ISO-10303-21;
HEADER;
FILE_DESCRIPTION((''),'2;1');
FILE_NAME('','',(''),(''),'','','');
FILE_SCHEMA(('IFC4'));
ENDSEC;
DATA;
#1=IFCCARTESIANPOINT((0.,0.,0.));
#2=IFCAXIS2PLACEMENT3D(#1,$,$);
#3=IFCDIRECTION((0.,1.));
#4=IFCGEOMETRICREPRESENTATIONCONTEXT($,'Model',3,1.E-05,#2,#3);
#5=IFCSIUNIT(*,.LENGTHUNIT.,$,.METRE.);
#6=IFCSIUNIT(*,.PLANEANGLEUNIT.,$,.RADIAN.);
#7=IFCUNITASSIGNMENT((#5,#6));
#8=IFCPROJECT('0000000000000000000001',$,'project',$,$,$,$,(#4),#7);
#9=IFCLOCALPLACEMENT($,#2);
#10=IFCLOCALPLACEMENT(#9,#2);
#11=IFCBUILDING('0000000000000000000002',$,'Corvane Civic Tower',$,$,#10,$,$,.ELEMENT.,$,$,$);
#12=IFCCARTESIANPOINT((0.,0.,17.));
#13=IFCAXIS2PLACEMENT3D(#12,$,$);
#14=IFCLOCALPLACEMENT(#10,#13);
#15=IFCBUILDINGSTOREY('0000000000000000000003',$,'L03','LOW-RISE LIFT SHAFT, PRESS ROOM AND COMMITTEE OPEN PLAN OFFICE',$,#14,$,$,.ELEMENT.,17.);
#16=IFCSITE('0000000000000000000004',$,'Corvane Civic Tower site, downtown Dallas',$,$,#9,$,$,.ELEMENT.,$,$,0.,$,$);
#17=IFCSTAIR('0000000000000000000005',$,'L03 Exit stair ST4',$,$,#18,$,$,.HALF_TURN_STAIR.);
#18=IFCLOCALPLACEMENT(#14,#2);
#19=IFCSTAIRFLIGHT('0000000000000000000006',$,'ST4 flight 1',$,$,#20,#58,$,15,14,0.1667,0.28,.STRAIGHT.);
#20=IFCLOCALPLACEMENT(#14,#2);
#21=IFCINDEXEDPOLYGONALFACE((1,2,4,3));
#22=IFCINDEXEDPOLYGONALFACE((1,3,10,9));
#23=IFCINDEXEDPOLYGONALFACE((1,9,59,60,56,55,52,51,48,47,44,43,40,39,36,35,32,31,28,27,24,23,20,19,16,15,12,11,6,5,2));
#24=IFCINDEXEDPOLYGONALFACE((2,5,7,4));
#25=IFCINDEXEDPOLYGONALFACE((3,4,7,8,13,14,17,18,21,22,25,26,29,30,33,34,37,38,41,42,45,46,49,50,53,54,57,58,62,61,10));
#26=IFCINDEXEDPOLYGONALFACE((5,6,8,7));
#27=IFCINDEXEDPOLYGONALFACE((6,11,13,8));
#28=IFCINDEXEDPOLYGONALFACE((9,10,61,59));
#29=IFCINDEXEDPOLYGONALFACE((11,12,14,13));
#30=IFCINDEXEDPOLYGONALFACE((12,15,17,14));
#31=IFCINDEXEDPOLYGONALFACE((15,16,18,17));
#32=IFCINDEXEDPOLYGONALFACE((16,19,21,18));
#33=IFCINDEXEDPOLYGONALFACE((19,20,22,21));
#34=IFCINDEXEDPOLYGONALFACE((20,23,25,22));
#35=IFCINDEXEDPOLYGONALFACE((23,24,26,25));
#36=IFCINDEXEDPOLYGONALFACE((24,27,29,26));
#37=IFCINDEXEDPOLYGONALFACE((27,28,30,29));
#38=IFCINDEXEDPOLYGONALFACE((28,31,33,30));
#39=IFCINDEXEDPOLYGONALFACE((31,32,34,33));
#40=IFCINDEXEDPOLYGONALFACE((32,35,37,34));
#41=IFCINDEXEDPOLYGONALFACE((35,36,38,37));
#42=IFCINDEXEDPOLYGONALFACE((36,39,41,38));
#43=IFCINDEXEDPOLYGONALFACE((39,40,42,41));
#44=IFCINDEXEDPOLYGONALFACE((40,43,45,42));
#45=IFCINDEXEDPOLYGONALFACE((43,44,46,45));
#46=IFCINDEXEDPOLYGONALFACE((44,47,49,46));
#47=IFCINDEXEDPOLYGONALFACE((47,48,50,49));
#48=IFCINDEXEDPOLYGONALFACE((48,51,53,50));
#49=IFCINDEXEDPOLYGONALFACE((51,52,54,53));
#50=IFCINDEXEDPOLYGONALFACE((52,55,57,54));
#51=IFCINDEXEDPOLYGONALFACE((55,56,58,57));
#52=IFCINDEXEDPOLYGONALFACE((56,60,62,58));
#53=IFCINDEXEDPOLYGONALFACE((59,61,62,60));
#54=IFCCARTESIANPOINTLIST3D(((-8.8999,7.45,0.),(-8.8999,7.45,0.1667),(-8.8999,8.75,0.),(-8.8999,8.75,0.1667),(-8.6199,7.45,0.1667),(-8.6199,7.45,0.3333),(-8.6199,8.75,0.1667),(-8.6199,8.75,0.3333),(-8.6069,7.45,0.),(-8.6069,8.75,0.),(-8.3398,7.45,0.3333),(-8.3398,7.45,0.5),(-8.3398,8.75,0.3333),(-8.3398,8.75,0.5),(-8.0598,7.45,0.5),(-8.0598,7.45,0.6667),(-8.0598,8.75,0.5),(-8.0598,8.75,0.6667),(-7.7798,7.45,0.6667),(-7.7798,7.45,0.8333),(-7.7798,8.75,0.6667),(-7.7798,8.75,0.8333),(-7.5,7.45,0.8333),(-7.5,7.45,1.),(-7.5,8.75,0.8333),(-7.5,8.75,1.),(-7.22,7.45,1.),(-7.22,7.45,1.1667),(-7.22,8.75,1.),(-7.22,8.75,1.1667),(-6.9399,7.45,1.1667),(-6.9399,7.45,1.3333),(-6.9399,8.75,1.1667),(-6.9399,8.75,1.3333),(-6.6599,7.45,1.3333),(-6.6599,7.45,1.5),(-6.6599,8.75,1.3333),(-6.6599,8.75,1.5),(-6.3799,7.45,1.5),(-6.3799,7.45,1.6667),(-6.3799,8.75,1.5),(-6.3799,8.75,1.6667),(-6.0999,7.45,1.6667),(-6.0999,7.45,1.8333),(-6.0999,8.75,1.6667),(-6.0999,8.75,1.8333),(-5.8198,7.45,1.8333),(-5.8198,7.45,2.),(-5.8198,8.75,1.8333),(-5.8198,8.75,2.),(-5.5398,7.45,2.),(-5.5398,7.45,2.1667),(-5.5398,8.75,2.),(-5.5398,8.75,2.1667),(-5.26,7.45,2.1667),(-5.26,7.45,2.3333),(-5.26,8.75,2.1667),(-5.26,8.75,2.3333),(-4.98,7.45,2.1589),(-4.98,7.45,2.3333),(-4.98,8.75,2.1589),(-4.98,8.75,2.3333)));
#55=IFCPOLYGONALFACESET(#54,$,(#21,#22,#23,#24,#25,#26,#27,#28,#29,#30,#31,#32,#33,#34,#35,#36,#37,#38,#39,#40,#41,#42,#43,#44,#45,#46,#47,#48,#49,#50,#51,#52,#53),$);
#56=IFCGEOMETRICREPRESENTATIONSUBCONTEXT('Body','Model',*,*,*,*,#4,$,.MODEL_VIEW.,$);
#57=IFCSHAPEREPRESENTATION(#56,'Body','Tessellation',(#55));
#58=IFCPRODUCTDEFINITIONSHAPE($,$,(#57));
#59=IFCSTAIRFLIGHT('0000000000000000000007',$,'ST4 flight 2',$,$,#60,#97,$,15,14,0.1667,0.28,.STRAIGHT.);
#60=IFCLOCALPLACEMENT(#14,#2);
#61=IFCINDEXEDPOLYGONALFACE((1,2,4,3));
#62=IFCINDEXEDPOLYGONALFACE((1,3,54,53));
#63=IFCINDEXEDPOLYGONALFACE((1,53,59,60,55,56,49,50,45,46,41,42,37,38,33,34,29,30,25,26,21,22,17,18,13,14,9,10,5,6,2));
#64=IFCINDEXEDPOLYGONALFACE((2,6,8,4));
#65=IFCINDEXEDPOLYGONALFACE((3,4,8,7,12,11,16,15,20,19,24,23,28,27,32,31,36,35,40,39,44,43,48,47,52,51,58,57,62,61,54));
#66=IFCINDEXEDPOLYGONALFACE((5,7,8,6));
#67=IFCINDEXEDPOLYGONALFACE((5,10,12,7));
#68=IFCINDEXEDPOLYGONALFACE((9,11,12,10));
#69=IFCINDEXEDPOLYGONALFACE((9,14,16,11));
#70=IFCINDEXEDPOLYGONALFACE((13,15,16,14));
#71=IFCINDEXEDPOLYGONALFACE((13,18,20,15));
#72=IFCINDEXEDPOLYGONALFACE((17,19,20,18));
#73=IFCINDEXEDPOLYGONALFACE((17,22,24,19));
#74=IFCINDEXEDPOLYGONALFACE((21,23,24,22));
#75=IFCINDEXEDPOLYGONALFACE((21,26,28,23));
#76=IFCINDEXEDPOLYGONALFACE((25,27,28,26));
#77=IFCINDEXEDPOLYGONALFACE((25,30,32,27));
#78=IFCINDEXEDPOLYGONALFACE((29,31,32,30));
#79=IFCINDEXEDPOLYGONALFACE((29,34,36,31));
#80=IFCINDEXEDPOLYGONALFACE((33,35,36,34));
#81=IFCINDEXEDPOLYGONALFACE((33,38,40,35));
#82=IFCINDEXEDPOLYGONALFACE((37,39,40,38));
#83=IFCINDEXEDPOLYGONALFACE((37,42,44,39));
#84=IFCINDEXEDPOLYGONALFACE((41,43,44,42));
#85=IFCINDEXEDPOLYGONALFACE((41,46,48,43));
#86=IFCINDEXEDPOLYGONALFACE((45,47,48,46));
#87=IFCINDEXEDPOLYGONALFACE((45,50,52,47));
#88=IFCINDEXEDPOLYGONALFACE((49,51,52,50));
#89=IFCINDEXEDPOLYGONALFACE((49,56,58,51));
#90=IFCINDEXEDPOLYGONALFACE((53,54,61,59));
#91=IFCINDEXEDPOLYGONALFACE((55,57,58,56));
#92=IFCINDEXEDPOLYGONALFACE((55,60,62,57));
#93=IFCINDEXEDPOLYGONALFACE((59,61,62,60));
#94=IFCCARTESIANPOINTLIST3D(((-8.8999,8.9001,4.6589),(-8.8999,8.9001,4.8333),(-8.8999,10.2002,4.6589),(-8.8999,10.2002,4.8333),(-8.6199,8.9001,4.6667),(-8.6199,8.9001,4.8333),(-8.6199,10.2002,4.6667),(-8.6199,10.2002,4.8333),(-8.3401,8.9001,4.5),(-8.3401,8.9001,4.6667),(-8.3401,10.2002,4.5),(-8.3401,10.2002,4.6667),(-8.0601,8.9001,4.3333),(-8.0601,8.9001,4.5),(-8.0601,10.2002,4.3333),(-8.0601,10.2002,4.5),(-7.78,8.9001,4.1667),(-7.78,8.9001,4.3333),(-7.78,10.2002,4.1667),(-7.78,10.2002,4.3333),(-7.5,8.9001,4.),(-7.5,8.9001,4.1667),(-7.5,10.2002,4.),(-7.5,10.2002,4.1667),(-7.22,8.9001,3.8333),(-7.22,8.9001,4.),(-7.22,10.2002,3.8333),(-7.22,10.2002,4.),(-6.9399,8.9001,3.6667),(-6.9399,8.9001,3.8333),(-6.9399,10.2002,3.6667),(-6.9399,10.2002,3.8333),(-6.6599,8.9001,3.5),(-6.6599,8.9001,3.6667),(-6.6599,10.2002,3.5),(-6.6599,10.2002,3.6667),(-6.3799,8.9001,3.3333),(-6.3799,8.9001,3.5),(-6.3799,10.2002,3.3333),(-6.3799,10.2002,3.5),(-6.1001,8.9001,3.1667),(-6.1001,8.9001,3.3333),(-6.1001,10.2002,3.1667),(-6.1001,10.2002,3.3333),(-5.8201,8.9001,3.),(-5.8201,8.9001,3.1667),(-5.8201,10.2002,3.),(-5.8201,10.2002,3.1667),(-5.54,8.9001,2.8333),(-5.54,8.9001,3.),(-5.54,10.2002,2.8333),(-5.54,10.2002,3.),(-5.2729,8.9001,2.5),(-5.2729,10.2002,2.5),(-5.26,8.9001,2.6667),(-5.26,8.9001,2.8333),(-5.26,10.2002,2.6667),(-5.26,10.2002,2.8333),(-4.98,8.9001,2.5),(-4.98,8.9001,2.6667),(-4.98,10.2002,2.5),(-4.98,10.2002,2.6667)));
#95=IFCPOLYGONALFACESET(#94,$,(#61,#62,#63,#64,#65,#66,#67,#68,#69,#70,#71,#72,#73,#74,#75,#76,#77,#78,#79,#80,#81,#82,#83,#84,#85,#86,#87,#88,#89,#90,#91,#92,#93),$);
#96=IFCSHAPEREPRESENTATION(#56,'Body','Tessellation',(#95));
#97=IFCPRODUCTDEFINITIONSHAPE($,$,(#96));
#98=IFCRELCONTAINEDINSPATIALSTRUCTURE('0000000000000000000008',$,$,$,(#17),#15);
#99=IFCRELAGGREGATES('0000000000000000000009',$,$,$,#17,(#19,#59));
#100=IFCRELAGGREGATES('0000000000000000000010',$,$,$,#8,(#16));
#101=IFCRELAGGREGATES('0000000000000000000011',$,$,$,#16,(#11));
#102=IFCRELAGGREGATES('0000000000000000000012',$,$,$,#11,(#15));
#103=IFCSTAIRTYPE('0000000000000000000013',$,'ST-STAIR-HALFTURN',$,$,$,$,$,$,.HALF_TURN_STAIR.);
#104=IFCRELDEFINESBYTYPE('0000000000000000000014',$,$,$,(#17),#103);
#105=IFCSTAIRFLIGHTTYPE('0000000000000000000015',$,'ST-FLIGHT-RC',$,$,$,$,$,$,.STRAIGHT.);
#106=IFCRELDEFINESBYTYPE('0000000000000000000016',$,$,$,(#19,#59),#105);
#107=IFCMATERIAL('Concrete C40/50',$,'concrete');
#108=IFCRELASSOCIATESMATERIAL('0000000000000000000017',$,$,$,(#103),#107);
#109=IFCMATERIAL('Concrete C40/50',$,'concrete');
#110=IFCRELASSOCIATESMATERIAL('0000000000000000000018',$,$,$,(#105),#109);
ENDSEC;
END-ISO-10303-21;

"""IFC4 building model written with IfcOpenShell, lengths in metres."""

from ifc_helpers import new_model, si_unit, direction, frame, origin, place, context, subcontext, project, spatial, polyline, outline, extrude, material, type_object, element, aggregate, save


model = new_model("IFC4")

# Units and contexts
model_context = context("Model", 3, precision=1e-05, world=origin(), true_north=direction((0.0, 1.0)))
body_context = subcontext(model_context, "Body", "Model", "MODEL_VIEW")
ifc_project = project(units=[si_unit("LENGTHUNIT", "METRE"), si_unit("PLANEANGLEUNIT", "RADIAN")], contexts=[model_context])

# Site, building, storey
site_placement = place(None, origin())
site = spatial("IfcSite", under=ifc_project, at=site_placement, Name="Corvane Civic Tower site, downtown Dallas", CompositionType="ELEMENT", RefElevation=0.0)
building_placement = place(site_placement, origin())
building = spatial("IfcBuilding", under=site, at=building_placement, Name="Corvane Civic Tower", CompositionType="ELEMENT")
storey_placement = place(building_placement, frame((0.0, 0.0, 17.0)))
storey = spatial("IfcBuildingStorey", under=building, at=storey_placement, Name="L03", Description="LOW-RISE LIFT SHAFT, PRESS ROOM AND COMMITTEE OPEN PLAN OFFICE", CompositionType="ELEMENT", Elevation=17.0)

# Stair
ifc_material_1 = material(Name="Concrete C40/50", Category="concrete")
stair_type = type_object("IfcStairType", Name="ST-STAIR-HALFTURN", PredefinedType="HALF_TURN_STAIR", material=ifc_material_1)
stair_1_placement = place(storey_placement, origin())
stair_1 = element("IfcStair", 1, at=stair_1_placement, inside=storey, type_object=stair_type, Name="L03 Exit stair ST4", PredefinedType="HALF_TURN_STAIR")

# Stair flights
ifc_material_2 = material(Name="Concrete C40/50", Category="concrete")
stair_flight_type = type_object("IfcStairFlightType", Name="ST-FLIGHT-RC", PredefinedType="STRAIGHT", material=ifc_material_2)
stair_flight_1_placement = place(storey_placement, frame((-8.8999, 8.1001, 0.0), z_axis=(0.0, 0.0, 1.0), x_axis=(1.0, 0.0, 0.0)))
stair_flight_1 = element("IfcStairFlight", 2, at=stair_flight_1_placement, type_object=stair_flight_type, Name="ST4 flight 1", NumberOfRisers=15, NumberOfTreads=14, PredefinedType="STRAIGHT", RiserHeight=0.1667, TreadLength=0.28, context=body_context, shape_type="SweptSolid", body=[
    extrude(outline(polyline([(0.0, 0.0), (0.0, 0.1667), (0.28, 0.1667), (0.28, 0.3333), (0.5601, 0.3333), (0.5601, 0.5), (0.8401, 0.5), (0.8401, 0.6667), (1.1201, 0.6667), (1.1201, 0.8333), (1.3999, 0.8333), (1.3999, 1.0), (1.6799, 1.0), (1.6799, 1.1667), (1.96, 1.1667), (1.96, 1.3333), (2.24, 1.3333), (2.24, 1.5), (2.52, 1.5), (2.52, 1.6667), (2.8, 1.6667), (2.8, 1.8333), (3.0801, 1.8333), (3.0801, 2.0), (3.3601, 2.0), (3.3601, 2.1667), (3.6399, 2.1667), (3.6399, 2.3333), (3.9199, 2.3333), (3.9199, 2.5), (3.9199, 2.1589), (0.293, 0.0), (0.0, 0.0)])), frame((0.0, 0.6499, 0.0), z_axis=(0.0, -1.0, 0.0), x_axis=(1.0, 0.0, 0.0)), (0.0, 0.0, 1.0), 1.3),
])
stair_flight_2_placement = place(storey_placement, frame((-4.98, 9.55, 2.5), z_axis=(0.0, 0.0, 1.0), x_axis=(-1.0, 0.0, 0.0)))
stair_flight_2 = element("IfcStairFlight", 3, at=stair_flight_2_placement, type_object=stair_flight_type, Name="ST4 flight 2", NumberOfRisers=15, NumberOfTreads=14, PredefinedType="STRAIGHT", RiserHeight=0.1667, TreadLength=0.28, context=body_context, shape_type="SweptSolid", body=[
    extrude(outline(polyline([(0.0, 0.0), (0.0, 0.1667), (0.28, 0.1667), (0.28, 0.3333), (0.5601, 0.3333), (0.5601, 0.5), (0.8401, 0.5), (0.8401, 0.6667), (1.1201, 0.6667), (1.1201, 0.8333), (1.3999, 0.8333), (1.3999, 1.0), (1.6799, 1.0), (1.6799, 1.1667), (1.96, 1.1667), (1.96, 1.3333), (2.24, 1.3333), (2.24, 1.5), (2.52, 1.5), (2.52, 1.6667), (2.8, 1.6667), (2.8, 1.8333), (3.0801, 1.8333), (3.0801, 2.0), (3.3601, 2.0), (3.3601, 2.1667), (3.6399, 2.1667), (3.6399, 2.3333), (3.9199, 2.3333), (3.9199, 2.5), (3.9199, 2.1589), (0.293, 0.0), (0.0, 0.0)])), frame((0.0, 0.6499, 0.0), z_axis=(0.0, -1.0, 0.0), x_axis=(1.0, 0.0, 0.0)), (0.0, 0.0, 1.0), 1.3),
])
aggregate(stair_1, [stair_flight_1, stair_flight_2])

save(model, "model.ifc")
